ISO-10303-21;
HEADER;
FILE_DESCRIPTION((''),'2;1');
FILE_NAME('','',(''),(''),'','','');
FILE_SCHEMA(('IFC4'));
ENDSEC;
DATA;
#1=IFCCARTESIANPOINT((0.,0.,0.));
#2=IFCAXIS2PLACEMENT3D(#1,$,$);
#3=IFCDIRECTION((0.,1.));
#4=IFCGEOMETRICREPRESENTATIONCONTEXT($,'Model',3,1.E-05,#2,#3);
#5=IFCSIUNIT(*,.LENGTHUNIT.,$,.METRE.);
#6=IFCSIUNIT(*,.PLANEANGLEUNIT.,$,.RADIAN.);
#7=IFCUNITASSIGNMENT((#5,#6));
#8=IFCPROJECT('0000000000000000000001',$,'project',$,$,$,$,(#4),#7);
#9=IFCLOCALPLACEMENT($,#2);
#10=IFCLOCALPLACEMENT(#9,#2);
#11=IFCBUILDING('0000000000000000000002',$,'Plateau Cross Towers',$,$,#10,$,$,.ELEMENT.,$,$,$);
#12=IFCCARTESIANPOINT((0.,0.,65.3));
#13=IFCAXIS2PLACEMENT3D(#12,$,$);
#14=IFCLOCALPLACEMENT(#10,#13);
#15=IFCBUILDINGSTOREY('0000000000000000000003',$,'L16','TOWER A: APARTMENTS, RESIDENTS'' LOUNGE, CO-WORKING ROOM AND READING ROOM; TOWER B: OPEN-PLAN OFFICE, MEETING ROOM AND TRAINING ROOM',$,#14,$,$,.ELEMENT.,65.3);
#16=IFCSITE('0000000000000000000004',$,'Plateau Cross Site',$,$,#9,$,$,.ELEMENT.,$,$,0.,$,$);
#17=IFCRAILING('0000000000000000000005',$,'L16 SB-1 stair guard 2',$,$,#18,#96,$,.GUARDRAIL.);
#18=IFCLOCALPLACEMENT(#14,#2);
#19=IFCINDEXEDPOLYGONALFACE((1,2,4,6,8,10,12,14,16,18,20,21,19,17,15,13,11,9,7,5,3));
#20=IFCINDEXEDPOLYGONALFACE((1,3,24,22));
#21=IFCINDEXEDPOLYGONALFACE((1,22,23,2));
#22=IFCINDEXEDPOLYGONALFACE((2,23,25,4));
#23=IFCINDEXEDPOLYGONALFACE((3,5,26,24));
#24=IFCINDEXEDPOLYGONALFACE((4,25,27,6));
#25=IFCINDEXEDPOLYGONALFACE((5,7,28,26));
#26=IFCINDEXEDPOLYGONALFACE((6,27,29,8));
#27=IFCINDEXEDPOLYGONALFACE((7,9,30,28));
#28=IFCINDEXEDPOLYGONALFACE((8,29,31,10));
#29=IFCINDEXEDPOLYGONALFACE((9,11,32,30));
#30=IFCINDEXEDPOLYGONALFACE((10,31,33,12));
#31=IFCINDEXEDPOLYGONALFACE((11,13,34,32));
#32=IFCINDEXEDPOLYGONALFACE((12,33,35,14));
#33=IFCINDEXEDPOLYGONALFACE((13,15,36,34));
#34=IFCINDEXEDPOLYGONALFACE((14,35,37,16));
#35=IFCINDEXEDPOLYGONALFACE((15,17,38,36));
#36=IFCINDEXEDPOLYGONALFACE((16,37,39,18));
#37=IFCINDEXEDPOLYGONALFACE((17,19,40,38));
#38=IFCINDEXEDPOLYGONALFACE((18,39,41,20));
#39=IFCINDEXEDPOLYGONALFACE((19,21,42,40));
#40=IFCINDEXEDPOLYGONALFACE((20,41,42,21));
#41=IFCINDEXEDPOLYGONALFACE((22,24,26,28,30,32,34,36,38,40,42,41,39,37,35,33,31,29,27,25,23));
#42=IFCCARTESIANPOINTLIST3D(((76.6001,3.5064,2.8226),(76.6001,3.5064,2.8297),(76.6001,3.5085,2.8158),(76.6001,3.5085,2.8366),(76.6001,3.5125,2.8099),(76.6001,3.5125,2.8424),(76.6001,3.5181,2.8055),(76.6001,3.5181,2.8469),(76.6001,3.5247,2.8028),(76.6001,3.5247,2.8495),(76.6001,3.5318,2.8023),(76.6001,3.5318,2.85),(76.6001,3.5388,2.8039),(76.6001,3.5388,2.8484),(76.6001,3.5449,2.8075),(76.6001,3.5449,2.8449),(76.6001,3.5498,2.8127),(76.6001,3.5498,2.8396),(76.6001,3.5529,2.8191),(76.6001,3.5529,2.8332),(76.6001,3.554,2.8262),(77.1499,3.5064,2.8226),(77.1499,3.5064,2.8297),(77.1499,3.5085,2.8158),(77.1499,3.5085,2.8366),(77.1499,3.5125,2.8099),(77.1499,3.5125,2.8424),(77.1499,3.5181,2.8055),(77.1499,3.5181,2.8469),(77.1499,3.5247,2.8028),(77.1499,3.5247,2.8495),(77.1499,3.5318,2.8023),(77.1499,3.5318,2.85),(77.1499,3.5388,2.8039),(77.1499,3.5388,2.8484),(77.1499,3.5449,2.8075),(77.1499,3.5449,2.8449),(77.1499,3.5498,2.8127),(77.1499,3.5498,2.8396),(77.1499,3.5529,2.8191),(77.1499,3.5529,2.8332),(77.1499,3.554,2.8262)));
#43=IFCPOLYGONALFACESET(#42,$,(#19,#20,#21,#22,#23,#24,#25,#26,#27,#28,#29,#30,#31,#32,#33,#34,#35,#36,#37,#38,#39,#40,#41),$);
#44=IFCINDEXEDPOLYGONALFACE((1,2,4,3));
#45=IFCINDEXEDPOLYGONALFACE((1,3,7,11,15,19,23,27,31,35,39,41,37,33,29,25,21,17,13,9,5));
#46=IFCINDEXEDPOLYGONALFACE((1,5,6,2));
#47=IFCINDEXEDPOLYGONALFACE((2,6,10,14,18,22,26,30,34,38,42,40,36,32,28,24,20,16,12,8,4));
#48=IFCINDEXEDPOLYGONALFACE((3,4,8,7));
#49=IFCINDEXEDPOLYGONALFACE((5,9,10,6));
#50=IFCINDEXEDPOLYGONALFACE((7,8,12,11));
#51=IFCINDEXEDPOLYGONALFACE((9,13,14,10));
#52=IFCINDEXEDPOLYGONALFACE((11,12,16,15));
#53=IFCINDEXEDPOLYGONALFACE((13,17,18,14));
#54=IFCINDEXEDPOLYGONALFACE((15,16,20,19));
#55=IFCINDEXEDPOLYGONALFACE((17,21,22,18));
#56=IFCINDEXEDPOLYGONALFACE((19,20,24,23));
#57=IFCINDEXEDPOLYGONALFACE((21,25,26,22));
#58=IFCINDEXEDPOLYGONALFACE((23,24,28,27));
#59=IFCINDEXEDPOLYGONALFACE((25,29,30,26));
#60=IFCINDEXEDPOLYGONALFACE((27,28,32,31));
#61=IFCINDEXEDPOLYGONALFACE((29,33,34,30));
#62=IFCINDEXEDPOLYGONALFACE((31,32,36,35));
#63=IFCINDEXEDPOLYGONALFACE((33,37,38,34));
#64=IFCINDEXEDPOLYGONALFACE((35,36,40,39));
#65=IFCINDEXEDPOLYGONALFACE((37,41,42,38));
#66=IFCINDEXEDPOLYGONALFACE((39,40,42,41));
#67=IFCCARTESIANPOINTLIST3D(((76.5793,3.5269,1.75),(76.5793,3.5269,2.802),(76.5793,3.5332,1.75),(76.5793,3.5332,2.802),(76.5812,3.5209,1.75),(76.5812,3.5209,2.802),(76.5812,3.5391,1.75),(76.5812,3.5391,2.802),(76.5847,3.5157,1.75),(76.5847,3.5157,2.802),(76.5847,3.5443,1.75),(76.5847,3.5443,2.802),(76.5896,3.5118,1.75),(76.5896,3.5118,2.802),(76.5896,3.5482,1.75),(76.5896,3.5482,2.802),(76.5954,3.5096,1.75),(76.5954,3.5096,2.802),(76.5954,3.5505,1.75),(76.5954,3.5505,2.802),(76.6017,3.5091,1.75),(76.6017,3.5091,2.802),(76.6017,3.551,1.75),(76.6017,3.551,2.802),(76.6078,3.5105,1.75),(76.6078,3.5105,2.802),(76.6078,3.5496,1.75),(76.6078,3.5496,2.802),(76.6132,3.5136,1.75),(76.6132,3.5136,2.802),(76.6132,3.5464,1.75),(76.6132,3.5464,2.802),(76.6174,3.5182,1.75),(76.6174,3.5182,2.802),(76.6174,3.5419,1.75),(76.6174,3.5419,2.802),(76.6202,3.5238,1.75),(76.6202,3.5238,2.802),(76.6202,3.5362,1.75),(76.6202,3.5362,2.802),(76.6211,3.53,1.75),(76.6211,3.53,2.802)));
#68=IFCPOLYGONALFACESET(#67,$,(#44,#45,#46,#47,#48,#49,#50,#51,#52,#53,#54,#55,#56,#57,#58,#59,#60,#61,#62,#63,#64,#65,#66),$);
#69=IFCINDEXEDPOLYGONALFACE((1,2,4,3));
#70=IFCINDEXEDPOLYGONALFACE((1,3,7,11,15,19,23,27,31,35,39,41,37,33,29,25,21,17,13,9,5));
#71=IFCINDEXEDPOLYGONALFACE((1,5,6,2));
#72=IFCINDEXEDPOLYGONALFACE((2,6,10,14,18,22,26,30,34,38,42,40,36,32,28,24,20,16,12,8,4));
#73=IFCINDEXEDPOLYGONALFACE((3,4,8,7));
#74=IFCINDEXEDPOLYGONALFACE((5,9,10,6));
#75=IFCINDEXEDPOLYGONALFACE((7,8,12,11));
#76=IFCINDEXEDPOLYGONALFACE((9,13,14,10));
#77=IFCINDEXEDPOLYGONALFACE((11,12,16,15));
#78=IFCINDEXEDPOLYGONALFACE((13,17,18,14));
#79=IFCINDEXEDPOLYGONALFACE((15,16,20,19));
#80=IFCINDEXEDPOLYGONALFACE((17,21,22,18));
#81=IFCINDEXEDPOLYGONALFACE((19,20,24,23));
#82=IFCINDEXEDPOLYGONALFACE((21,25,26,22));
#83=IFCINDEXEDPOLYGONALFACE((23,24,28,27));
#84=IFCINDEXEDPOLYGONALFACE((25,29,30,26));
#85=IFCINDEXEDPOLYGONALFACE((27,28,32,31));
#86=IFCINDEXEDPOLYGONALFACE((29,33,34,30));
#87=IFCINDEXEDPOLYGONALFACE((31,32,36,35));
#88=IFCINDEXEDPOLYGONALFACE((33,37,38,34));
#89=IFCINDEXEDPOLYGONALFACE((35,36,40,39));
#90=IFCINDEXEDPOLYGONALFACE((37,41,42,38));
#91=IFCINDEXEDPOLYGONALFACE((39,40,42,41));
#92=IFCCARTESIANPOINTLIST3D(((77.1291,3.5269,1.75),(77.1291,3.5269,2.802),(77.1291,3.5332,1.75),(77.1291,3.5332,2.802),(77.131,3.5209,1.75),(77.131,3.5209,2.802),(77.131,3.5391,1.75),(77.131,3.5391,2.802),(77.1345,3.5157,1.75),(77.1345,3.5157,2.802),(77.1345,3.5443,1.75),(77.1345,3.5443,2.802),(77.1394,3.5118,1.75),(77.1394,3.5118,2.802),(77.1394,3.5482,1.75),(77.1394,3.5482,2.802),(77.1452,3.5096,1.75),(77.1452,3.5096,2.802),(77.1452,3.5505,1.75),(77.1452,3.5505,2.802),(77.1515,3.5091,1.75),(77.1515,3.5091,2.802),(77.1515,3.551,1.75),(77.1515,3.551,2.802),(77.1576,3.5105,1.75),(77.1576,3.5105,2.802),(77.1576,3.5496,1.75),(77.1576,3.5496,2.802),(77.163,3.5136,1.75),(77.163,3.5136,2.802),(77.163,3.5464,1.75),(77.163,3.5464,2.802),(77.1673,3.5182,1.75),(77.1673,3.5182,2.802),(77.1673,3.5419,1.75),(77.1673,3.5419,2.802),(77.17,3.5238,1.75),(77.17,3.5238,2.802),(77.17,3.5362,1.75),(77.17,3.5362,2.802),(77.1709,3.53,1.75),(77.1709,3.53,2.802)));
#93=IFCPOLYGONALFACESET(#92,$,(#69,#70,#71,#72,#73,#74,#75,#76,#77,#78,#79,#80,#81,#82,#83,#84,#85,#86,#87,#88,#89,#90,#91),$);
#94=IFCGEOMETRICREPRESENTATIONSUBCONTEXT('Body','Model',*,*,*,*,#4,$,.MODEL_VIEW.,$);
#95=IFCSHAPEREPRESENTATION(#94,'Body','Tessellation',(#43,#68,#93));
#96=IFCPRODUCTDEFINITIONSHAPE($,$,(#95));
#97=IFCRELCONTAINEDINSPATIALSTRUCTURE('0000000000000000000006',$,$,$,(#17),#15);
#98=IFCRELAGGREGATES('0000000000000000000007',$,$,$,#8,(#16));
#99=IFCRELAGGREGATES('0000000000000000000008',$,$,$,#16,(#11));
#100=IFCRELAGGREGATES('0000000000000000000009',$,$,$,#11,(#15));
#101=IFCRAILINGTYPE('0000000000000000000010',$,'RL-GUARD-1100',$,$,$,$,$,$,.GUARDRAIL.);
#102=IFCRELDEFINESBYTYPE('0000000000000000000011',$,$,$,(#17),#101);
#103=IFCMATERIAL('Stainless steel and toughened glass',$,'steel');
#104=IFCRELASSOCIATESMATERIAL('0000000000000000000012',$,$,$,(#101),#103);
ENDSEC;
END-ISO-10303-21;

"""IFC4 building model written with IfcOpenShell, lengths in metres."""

from ifc_helpers import new_model, si_unit, direction, frame, origin, origin_2d, place, context, subcontext, project, spatial, circle, extrude, material, type_object, element, save


model = new_model("IFC4")

# Units and contexts
model_context = context("Model", 3, precision=1e-05, world=origin(), true_north=direction((0.0, 1.0)))
body_context = subcontext(model_context, "Body", "Model", "MODEL_VIEW")
ifc_project = project(units=[si_unit("LENGTHUNIT", "METRE"), si_unit("PLANEANGLEUNIT", "RADIAN")], contexts=[model_context])

# Site, building, storey
site_placement = place(None, origin())
site = spatial("IfcSite", under=ifc_project, at=site_placement, Name="Plateau Cross Site", CompositionType="ELEMENT", RefElevation=0.0)
building_placement = place(site_placement, origin())
building = spatial("IfcBuilding", under=site, at=building_placement, Name="Plateau Cross Towers", CompositionType="ELEMENT")
storey_placement = place(building_placement, frame((0.0, 0.0, 65.3)))
storey = spatial("IfcBuildingStorey", under=building, at=storey_placement, Name="L16", Description="TOWER A: APARTMENTS, RESIDENTS' LOUNGE, CO-WORKING ROOM AND READING ROOM; TOWER B: OPEN-PLAN OFFICE, MEETING ROOM AND TRAINING ROOM", CompositionType="ELEMENT", Elevation=65.3)

# Railing
ifc_material_1 = material(Name="Stainless steel and toughened glass", Category="steel")
railing_type_1 = type_object("IfcRailingType", Name="RL-GUARD-1100", PredefinedType="GUARDRAIL", material=ifc_material_1)
railing_1_placement = place(storey_placement, frame((76.6001, 3.53, 1.75)))
element("IfcRailing", 1, at=railing_1_placement, inside=storey, type_object=railing_type_1, Name="L16 SB-1 stair guard 2", PredefinedType="GUARDRAIL", context=body_context, shape_type="SweptSolid", body=[
    extrude(circle(Radius=0.0239, at=origin_2d()), frame((0.0, 0.0, 1.0762), z_axis=(1.0, 0.0, 0.0), x_axis=(0.0, 1.0, 0.0)), (0.0, 0.0, 1.0), 0.5498),
    extrude(circle(Radius=0.021, at=origin_2d()), origin(), (0.0, 0.0, 1.0), 1.052),
    extrude(circle(Radius=0.021, at=origin_2d()), frame((0.5498, 0.0, 0.0)), (0.0, 0.0, 1.0), 1.052),
])

save(model, "model.ifc")
